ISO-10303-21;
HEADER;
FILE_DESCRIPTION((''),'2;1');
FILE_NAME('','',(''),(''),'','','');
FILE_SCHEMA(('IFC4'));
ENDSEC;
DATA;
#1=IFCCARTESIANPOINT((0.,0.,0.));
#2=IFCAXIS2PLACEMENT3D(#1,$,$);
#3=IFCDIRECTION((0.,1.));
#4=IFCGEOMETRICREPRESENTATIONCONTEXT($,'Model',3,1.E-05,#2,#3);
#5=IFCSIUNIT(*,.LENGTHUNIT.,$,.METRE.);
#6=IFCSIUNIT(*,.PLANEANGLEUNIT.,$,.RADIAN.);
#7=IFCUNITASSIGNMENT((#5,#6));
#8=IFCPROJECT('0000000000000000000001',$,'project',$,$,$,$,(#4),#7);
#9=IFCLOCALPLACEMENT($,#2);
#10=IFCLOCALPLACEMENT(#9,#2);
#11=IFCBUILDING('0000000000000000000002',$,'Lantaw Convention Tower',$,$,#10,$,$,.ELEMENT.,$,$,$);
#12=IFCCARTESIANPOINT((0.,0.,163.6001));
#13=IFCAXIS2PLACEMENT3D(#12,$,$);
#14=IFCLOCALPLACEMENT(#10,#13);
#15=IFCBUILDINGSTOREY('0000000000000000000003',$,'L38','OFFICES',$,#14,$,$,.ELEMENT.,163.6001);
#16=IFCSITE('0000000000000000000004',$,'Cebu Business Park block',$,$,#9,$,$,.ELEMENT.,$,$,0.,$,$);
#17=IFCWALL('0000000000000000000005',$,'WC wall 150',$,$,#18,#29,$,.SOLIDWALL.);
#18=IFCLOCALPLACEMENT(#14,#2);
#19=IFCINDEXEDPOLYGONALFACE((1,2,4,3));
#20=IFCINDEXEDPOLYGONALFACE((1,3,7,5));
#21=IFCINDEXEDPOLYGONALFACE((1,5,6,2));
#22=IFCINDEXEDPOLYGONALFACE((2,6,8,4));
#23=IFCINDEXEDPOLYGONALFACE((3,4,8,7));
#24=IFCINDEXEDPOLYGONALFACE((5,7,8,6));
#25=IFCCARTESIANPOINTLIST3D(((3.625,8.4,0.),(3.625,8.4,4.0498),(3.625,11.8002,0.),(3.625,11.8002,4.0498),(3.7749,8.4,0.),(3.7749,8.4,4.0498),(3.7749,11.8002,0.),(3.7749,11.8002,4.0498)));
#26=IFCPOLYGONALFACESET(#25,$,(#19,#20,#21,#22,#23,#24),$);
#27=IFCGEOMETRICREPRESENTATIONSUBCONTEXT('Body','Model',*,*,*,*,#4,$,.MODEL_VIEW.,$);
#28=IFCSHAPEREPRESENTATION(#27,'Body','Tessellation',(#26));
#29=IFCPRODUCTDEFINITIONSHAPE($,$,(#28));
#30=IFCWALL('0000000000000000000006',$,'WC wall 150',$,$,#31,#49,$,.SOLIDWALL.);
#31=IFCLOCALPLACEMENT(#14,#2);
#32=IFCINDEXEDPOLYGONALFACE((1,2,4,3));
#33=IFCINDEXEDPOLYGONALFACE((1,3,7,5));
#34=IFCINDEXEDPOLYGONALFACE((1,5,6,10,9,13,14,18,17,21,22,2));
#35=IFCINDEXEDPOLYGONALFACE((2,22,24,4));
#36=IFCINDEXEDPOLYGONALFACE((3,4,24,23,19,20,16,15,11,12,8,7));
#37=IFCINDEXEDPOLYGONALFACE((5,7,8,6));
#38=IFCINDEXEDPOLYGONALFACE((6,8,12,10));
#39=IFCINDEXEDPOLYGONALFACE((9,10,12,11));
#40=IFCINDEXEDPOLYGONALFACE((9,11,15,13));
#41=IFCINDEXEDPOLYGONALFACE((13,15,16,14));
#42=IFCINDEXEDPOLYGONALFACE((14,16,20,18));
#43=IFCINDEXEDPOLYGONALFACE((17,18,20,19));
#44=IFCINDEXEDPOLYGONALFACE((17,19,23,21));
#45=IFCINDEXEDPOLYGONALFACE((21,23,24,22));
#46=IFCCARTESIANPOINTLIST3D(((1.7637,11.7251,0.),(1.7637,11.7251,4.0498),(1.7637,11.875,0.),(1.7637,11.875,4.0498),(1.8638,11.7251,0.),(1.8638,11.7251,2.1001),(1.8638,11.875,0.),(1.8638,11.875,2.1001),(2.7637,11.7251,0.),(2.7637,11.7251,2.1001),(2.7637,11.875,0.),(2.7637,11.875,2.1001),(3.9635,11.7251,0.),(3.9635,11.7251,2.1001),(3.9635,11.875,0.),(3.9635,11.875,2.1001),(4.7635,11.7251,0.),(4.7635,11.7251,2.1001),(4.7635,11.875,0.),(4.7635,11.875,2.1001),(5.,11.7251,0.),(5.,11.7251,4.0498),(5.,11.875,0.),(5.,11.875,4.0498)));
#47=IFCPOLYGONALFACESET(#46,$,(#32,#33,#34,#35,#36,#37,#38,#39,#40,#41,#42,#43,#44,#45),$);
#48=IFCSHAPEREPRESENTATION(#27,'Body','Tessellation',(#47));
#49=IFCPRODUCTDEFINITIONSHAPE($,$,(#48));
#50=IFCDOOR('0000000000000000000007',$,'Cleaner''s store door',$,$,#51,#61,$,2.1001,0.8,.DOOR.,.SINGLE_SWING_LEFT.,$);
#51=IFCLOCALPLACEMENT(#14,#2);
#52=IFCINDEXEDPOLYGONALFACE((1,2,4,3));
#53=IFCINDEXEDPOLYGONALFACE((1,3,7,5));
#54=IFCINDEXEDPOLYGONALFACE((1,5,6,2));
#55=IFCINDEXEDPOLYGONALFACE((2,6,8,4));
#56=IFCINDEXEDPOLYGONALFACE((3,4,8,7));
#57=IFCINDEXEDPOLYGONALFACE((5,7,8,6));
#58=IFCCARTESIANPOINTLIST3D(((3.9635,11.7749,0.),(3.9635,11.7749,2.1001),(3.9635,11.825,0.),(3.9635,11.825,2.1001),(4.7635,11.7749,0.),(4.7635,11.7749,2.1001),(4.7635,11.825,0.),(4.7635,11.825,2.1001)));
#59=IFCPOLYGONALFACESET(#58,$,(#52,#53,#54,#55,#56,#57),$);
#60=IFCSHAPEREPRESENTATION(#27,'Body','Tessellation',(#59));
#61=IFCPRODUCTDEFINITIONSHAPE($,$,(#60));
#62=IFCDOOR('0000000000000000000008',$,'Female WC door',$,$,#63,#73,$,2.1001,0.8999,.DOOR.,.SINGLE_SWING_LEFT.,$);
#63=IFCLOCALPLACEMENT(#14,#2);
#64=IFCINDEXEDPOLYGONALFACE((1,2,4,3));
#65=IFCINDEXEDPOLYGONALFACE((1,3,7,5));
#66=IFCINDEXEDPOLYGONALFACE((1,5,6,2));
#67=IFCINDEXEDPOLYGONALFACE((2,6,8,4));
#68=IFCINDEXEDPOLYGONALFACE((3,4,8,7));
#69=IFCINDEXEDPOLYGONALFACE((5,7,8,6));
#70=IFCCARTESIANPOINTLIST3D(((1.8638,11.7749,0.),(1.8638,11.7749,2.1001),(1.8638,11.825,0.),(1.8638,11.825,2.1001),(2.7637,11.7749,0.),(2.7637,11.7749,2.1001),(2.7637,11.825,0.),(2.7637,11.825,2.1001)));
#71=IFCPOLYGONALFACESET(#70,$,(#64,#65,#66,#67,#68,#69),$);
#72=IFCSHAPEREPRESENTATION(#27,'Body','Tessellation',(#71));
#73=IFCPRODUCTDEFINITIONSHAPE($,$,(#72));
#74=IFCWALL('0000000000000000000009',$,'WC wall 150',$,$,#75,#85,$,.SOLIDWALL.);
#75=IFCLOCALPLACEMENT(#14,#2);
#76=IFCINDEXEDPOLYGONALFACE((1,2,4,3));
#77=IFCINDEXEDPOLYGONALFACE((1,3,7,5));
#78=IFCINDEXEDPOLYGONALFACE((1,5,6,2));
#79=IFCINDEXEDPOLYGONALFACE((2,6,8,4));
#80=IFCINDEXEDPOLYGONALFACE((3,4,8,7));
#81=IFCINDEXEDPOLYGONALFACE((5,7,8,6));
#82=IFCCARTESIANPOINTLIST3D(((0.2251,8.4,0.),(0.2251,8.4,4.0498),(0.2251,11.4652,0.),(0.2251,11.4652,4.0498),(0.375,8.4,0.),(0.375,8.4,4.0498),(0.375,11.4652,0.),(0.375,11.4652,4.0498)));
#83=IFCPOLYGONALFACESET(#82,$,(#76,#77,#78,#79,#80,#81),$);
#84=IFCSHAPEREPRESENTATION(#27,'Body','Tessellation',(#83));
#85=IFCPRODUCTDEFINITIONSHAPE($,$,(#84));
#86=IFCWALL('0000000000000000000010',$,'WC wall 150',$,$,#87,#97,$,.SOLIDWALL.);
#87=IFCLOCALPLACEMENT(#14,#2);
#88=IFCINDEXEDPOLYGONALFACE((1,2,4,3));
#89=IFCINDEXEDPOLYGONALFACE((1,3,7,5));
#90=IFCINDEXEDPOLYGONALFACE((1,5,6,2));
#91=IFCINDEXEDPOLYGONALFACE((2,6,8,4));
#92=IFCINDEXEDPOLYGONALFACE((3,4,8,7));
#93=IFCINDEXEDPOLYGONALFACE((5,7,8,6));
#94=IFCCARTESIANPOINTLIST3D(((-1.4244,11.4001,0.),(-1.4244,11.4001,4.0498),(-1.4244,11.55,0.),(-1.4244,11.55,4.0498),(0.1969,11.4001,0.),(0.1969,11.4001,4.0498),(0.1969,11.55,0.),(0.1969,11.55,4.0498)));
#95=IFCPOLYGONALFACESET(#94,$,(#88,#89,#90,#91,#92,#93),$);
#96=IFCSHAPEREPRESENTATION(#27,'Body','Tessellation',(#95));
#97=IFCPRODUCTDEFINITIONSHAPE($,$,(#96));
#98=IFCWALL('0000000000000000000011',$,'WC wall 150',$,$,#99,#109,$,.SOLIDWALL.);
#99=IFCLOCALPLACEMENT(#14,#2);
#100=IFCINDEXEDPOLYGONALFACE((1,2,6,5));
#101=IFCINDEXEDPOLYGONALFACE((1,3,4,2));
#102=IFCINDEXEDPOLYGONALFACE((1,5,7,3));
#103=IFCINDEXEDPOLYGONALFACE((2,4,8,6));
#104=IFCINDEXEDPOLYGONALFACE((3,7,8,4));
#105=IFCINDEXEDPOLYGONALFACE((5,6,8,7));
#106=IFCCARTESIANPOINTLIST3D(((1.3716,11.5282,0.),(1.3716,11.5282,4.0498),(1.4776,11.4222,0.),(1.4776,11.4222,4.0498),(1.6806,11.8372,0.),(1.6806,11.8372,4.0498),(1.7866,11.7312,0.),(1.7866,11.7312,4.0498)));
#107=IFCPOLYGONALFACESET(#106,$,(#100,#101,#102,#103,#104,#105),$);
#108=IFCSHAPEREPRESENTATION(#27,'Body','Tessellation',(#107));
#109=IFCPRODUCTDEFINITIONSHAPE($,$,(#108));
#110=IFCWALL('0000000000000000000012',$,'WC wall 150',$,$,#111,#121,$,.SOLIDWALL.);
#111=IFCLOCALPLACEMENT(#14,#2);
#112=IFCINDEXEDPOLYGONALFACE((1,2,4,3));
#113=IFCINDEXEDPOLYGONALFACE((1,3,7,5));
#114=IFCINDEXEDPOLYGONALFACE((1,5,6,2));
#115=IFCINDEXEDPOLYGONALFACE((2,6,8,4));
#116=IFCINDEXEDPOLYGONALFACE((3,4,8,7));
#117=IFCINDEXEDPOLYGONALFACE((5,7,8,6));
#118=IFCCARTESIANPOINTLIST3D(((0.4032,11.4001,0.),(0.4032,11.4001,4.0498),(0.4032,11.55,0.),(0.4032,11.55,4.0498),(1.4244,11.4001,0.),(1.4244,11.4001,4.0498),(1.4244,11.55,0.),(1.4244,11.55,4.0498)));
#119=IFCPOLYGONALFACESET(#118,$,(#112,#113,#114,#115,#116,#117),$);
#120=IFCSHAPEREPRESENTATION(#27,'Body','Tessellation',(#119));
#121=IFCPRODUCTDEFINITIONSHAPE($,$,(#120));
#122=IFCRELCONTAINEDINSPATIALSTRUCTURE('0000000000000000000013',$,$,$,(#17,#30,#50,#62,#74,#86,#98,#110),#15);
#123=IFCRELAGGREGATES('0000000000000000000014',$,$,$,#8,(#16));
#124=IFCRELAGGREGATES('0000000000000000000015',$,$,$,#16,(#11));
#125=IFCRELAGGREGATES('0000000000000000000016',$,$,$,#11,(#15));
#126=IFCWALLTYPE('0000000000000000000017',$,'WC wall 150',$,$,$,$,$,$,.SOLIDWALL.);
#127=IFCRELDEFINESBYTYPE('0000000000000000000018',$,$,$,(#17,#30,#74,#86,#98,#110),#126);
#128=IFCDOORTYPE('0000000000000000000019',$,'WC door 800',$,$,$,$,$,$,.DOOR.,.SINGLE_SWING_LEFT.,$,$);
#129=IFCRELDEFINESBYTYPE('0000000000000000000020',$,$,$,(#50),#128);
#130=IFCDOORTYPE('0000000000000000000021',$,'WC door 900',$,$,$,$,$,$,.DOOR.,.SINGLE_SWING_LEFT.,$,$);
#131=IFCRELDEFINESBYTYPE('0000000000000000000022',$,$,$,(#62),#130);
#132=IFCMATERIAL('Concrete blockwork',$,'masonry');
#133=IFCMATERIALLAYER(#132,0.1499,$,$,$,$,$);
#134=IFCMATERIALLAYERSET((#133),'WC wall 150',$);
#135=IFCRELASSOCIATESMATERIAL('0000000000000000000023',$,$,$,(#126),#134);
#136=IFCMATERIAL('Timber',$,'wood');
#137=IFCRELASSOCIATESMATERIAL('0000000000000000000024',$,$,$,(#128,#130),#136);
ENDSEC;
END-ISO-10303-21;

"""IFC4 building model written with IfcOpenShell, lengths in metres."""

from ifc_helpers import new_model, si_unit, direction, frame, frame_2d, origin, place, context, subcontext, project, spatial, rectangle, extrude, material, layer, layer_set, type_object, element, fill, save


model = new_model("IFC4")

# Units and contexts
model_context = context("Model", 3, precision=1e-05, world=origin(), true_north=direction((0.0, 1.0)))
body_context = subcontext(model_context, "Body", "Model", "MODEL_VIEW")
ifc_project = project(units=[si_unit("LENGTHUNIT", "METRE"), si_unit("PLANEANGLEUNIT", "RADIAN")], contexts=[model_context])

# Site, building, storey
site_placement = place(None, origin())
site = spatial("IfcSite", under=ifc_project, at=site_placement, Name="Cebu Business Park block", CompositionType="ELEMENT", RefElevation=0.0)
building_placement = place(site_placement, origin())
building = spatial("IfcBuilding", under=site, at=building_placement, Name="Lantaw Convention Tower", CompositionType="ELEMENT")
storey_placement = place(building_placement, frame((0.0, 0.0, 163.6001)))
storey = spatial("IfcBuildingStorey", under=building, at=storey_placement, Name="L38", Description="OFFICES", CompositionType="ELEMENT", Elevation=163.6001)

# Wall
ifc_material_1 = material(Name="Concrete blockwork", Category="masonry")
ifc_layer_1 = layer(ifc_material_1, 0.1499)
ifc_layer_set_1 = layer_set([ifc_layer_1], Name="WC wall 150")
wall_type_1 = type_object("IfcWallType", Name="WC wall 150", PredefinedType="SOLIDWALL", material=ifc_layer_set_1)
for number, where, z_axis, x_axis, name in (
    (1, (3.7, 8.3999, 0.0), (0.0, 0.0, 1.0), (0.0, 1.0, 0.0), "WC wall 150"),
):
    element("IfcWall", number, at=place(storey_placement, frame(where, z_axis=z_axis, x_axis=x_axis)), inside=storey, type_object=wall_type_1, Name=name, PredefinedType="SOLIDWALL", context=body_context, shape_type="SweptSolid", body=[
        extrude(rectangle(XDim=3.4001, YDim=0.1499, at=frame_2d((1.7002, 0.0))), origin(), (0.0, 0.0, 1.0), 4.0498),
    ])

# Wall, openings, doors
wall_1_placement = place(storey_placement, frame((1.7637, 11.8, 0.0), z_axis=(0.0, 0.0, 1.0), x_axis=(1.0, 0.0, 0.0)))
wall_1 = element("IfcWall", 2, at=wall_1_placement, inside=storey, type_object=wall_type_1, Name="WC wall 150", PredefinedType="SOLIDWALL", context=body_context, shape_type="SweptSolid", body=[
    extrude(rectangle(XDim=3.2363, YDim=0.1499, at=frame_2d((1.6182, 0.0))), origin(), (0.0, 0.0, 1.0), 4.0498),
])
opening_1_placement = place(wall_1_placement, frame((0.1001, 0.0, 0.0)))
opening_1 = element("IfcOpeningElement", 3, at=opening_1_placement, cuts=wall_1, PredefinedType="OPENING", context=body_context, shape_type="SweptSolid", body=[
    extrude(rectangle(XDim=0.8999, YDim=2.1001, at=frame_2d((0.45, 1.05))), frame((0.0, 0.085, 0.0), z_axis=(0.0, -1.0, 0.0), x_axis=(1.0, 0.0, 0.0)), (0.0, 0.0, 1.0), 0.1699),
])
opening_2_placement = place(wall_1_placement, frame((2.2, 0.0, 0.0)))
opening_2 = element("IfcOpeningElement", 4, at=opening_2_placement, cuts=wall_1, PredefinedType="OPENING", context=body_context, shape_type="SweptSolid", body=[
    extrude(rectangle(XDim=0.8, YDim=2.1001, at=frame_2d((0.3999, 1.05))), frame((0.0, 0.085, 0.0), z_axis=(0.0, -1.0, 0.0), x_axis=(1.0, 0.0, 0.0)), (0.0, 0.0, 1.0), 0.1699),
])
ifc_material_2 = material(Name="Timber", Category="wood")
door_type_1 = type_object("IfcDoorType", Name="WC door 800", OperationType="SINGLE_SWING_LEFT", PredefinedType="DOOR", material=ifc_material_2)
door_1_placement = place(opening_2_placement, origin())
door_1 = element("IfcDoor", 5, at=door_1_placement, inside=storey, type_object=door_type_1, Name="Cleaner's store door", OperationType="SINGLE_SWING_LEFT", OverallHeight=2.1001, OverallWidth=0.8, PredefinedType="DOOR", context=body_context, shape_type="SweptSolid", body=[
    extrude(rectangle(XDim=0.8, YDim=2.1001, at=frame_2d((0.3999, 1.05))), frame((0.0, 0.0249, 0.0), z_axis=(0.0, -1.0, 0.0), x_axis=(1.0, 0.0, 0.0)), (0.0, 0.0, 1.0), 0.05),
])
fill(opening_2, door_1)
door_type_2 = type_object("IfcDoorType", Name="WC door 900", OperationType="SINGLE_SWING_LEFT", PredefinedType="DOOR", material=ifc_material_2)
door_2_placement = place(opening_1_placement, origin())
door_2 = element("IfcDoor", 6, at=door_2_placement, inside=storey, type_object=door_type_2, Name="Female WC door", OperationType="SINGLE_SWING_LEFT", OverallHeight=2.1001, OverallWidth=0.8999, PredefinedType="DOOR", context=body_context, shape_type="SweptSolid", body=[
    extrude(rectangle(XDim=0.8999, YDim=2.1001, at=frame_2d((0.45, 1.05))), frame((0.0, 0.0249, 0.0), z_axis=(0.0, -1.0, 0.0), x_axis=(1.0, 0.0, 0.0)), (0.0, 0.0, 1.0), 0.05),
])
fill(opening_1, door_2)

# Walls
wall_2_placement = place(storey_placement, frame((0.3, 8.3999, 0.0), z_axis=(0.0, 0.0, 1.0), x_axis=(0.0, 1.0, 0.0)))
element("IfcWall", 7, at=wall_2_placement, inside=storey, type_object=wall_type_1, Name="WC wall 150", PredefinedType="SOLIDWALL", context=body_context, shape_type="SweptSolid", body=[
    extrude(rectangle(XDim=3.0652, YDim=0.1499, at=frame_2d((1.5327, 0.0))), origin(), (0.0, 0.0, 1.0), 4.0498),
])
wall_3_placement = place(storey_placement, frame((0.1968, 11.4751, 0.0), z_axis=(0.0, 0.0, 1.0), x_axis=(-1.0, 0.0, 0.0)))
element("IfcWall", 8, at=wall_3_placement, inside=storey, type_object=wall_type_1, Name="WC wall 150", PredefinedType="SOLIDWALL", context=body_context, shape_type="SweptSolid", body=[
    extrude(rectangle(XDim=1.6213, YDim=0.1499, at=frame_2d((0.8105, 0.0))), origin(), (0.0, 0.0, 1.0), 4.0498),
])
wall_4_placement = place(storey_placement, frame((1.7336, 11.7842, 0.0), z_axis=(0.0, 0.0, 1.0), x_axis=(-0.707107, -0.707107, 0.0)))
element("IfcWall", 9, at=wall_4_placement, inside=storey, type_object=wall_type_1, Name="WC wall 150", PredefinedType="SOLIDWALL", context=body_context, shape_type="SweptSolid", body=[
    extrude(rectangle(XDim=0.437, YDim=0.1499, at=frame_2d((0.2185, 0.0))), origin(), (0.0, 0.0, 1.0), 4.0498),
])
wall_5_placement = place(storey_placement, frame((1.4246, 11.4751, 0.0), z_axis=(0.0, 0.0, 1.0), x_axis=(-1.0, 0.0, 0.0)))
element("IfcWall", 10, at=wall_5_placement, inside=storey, type_object=wall_type_1, Name="WC wall 150", PredefinedType="SOLIDWALL", context=body_context, shape_type="SweptSolid", body=[
    extrude(rectangle(XDim=1.0212, YDim=0.1499, at=frame_2d((0.5107, 0.0))), origin(), (0.0, 0.0, 1.0), 4.0498),
])

save(model, "model.ifc")
